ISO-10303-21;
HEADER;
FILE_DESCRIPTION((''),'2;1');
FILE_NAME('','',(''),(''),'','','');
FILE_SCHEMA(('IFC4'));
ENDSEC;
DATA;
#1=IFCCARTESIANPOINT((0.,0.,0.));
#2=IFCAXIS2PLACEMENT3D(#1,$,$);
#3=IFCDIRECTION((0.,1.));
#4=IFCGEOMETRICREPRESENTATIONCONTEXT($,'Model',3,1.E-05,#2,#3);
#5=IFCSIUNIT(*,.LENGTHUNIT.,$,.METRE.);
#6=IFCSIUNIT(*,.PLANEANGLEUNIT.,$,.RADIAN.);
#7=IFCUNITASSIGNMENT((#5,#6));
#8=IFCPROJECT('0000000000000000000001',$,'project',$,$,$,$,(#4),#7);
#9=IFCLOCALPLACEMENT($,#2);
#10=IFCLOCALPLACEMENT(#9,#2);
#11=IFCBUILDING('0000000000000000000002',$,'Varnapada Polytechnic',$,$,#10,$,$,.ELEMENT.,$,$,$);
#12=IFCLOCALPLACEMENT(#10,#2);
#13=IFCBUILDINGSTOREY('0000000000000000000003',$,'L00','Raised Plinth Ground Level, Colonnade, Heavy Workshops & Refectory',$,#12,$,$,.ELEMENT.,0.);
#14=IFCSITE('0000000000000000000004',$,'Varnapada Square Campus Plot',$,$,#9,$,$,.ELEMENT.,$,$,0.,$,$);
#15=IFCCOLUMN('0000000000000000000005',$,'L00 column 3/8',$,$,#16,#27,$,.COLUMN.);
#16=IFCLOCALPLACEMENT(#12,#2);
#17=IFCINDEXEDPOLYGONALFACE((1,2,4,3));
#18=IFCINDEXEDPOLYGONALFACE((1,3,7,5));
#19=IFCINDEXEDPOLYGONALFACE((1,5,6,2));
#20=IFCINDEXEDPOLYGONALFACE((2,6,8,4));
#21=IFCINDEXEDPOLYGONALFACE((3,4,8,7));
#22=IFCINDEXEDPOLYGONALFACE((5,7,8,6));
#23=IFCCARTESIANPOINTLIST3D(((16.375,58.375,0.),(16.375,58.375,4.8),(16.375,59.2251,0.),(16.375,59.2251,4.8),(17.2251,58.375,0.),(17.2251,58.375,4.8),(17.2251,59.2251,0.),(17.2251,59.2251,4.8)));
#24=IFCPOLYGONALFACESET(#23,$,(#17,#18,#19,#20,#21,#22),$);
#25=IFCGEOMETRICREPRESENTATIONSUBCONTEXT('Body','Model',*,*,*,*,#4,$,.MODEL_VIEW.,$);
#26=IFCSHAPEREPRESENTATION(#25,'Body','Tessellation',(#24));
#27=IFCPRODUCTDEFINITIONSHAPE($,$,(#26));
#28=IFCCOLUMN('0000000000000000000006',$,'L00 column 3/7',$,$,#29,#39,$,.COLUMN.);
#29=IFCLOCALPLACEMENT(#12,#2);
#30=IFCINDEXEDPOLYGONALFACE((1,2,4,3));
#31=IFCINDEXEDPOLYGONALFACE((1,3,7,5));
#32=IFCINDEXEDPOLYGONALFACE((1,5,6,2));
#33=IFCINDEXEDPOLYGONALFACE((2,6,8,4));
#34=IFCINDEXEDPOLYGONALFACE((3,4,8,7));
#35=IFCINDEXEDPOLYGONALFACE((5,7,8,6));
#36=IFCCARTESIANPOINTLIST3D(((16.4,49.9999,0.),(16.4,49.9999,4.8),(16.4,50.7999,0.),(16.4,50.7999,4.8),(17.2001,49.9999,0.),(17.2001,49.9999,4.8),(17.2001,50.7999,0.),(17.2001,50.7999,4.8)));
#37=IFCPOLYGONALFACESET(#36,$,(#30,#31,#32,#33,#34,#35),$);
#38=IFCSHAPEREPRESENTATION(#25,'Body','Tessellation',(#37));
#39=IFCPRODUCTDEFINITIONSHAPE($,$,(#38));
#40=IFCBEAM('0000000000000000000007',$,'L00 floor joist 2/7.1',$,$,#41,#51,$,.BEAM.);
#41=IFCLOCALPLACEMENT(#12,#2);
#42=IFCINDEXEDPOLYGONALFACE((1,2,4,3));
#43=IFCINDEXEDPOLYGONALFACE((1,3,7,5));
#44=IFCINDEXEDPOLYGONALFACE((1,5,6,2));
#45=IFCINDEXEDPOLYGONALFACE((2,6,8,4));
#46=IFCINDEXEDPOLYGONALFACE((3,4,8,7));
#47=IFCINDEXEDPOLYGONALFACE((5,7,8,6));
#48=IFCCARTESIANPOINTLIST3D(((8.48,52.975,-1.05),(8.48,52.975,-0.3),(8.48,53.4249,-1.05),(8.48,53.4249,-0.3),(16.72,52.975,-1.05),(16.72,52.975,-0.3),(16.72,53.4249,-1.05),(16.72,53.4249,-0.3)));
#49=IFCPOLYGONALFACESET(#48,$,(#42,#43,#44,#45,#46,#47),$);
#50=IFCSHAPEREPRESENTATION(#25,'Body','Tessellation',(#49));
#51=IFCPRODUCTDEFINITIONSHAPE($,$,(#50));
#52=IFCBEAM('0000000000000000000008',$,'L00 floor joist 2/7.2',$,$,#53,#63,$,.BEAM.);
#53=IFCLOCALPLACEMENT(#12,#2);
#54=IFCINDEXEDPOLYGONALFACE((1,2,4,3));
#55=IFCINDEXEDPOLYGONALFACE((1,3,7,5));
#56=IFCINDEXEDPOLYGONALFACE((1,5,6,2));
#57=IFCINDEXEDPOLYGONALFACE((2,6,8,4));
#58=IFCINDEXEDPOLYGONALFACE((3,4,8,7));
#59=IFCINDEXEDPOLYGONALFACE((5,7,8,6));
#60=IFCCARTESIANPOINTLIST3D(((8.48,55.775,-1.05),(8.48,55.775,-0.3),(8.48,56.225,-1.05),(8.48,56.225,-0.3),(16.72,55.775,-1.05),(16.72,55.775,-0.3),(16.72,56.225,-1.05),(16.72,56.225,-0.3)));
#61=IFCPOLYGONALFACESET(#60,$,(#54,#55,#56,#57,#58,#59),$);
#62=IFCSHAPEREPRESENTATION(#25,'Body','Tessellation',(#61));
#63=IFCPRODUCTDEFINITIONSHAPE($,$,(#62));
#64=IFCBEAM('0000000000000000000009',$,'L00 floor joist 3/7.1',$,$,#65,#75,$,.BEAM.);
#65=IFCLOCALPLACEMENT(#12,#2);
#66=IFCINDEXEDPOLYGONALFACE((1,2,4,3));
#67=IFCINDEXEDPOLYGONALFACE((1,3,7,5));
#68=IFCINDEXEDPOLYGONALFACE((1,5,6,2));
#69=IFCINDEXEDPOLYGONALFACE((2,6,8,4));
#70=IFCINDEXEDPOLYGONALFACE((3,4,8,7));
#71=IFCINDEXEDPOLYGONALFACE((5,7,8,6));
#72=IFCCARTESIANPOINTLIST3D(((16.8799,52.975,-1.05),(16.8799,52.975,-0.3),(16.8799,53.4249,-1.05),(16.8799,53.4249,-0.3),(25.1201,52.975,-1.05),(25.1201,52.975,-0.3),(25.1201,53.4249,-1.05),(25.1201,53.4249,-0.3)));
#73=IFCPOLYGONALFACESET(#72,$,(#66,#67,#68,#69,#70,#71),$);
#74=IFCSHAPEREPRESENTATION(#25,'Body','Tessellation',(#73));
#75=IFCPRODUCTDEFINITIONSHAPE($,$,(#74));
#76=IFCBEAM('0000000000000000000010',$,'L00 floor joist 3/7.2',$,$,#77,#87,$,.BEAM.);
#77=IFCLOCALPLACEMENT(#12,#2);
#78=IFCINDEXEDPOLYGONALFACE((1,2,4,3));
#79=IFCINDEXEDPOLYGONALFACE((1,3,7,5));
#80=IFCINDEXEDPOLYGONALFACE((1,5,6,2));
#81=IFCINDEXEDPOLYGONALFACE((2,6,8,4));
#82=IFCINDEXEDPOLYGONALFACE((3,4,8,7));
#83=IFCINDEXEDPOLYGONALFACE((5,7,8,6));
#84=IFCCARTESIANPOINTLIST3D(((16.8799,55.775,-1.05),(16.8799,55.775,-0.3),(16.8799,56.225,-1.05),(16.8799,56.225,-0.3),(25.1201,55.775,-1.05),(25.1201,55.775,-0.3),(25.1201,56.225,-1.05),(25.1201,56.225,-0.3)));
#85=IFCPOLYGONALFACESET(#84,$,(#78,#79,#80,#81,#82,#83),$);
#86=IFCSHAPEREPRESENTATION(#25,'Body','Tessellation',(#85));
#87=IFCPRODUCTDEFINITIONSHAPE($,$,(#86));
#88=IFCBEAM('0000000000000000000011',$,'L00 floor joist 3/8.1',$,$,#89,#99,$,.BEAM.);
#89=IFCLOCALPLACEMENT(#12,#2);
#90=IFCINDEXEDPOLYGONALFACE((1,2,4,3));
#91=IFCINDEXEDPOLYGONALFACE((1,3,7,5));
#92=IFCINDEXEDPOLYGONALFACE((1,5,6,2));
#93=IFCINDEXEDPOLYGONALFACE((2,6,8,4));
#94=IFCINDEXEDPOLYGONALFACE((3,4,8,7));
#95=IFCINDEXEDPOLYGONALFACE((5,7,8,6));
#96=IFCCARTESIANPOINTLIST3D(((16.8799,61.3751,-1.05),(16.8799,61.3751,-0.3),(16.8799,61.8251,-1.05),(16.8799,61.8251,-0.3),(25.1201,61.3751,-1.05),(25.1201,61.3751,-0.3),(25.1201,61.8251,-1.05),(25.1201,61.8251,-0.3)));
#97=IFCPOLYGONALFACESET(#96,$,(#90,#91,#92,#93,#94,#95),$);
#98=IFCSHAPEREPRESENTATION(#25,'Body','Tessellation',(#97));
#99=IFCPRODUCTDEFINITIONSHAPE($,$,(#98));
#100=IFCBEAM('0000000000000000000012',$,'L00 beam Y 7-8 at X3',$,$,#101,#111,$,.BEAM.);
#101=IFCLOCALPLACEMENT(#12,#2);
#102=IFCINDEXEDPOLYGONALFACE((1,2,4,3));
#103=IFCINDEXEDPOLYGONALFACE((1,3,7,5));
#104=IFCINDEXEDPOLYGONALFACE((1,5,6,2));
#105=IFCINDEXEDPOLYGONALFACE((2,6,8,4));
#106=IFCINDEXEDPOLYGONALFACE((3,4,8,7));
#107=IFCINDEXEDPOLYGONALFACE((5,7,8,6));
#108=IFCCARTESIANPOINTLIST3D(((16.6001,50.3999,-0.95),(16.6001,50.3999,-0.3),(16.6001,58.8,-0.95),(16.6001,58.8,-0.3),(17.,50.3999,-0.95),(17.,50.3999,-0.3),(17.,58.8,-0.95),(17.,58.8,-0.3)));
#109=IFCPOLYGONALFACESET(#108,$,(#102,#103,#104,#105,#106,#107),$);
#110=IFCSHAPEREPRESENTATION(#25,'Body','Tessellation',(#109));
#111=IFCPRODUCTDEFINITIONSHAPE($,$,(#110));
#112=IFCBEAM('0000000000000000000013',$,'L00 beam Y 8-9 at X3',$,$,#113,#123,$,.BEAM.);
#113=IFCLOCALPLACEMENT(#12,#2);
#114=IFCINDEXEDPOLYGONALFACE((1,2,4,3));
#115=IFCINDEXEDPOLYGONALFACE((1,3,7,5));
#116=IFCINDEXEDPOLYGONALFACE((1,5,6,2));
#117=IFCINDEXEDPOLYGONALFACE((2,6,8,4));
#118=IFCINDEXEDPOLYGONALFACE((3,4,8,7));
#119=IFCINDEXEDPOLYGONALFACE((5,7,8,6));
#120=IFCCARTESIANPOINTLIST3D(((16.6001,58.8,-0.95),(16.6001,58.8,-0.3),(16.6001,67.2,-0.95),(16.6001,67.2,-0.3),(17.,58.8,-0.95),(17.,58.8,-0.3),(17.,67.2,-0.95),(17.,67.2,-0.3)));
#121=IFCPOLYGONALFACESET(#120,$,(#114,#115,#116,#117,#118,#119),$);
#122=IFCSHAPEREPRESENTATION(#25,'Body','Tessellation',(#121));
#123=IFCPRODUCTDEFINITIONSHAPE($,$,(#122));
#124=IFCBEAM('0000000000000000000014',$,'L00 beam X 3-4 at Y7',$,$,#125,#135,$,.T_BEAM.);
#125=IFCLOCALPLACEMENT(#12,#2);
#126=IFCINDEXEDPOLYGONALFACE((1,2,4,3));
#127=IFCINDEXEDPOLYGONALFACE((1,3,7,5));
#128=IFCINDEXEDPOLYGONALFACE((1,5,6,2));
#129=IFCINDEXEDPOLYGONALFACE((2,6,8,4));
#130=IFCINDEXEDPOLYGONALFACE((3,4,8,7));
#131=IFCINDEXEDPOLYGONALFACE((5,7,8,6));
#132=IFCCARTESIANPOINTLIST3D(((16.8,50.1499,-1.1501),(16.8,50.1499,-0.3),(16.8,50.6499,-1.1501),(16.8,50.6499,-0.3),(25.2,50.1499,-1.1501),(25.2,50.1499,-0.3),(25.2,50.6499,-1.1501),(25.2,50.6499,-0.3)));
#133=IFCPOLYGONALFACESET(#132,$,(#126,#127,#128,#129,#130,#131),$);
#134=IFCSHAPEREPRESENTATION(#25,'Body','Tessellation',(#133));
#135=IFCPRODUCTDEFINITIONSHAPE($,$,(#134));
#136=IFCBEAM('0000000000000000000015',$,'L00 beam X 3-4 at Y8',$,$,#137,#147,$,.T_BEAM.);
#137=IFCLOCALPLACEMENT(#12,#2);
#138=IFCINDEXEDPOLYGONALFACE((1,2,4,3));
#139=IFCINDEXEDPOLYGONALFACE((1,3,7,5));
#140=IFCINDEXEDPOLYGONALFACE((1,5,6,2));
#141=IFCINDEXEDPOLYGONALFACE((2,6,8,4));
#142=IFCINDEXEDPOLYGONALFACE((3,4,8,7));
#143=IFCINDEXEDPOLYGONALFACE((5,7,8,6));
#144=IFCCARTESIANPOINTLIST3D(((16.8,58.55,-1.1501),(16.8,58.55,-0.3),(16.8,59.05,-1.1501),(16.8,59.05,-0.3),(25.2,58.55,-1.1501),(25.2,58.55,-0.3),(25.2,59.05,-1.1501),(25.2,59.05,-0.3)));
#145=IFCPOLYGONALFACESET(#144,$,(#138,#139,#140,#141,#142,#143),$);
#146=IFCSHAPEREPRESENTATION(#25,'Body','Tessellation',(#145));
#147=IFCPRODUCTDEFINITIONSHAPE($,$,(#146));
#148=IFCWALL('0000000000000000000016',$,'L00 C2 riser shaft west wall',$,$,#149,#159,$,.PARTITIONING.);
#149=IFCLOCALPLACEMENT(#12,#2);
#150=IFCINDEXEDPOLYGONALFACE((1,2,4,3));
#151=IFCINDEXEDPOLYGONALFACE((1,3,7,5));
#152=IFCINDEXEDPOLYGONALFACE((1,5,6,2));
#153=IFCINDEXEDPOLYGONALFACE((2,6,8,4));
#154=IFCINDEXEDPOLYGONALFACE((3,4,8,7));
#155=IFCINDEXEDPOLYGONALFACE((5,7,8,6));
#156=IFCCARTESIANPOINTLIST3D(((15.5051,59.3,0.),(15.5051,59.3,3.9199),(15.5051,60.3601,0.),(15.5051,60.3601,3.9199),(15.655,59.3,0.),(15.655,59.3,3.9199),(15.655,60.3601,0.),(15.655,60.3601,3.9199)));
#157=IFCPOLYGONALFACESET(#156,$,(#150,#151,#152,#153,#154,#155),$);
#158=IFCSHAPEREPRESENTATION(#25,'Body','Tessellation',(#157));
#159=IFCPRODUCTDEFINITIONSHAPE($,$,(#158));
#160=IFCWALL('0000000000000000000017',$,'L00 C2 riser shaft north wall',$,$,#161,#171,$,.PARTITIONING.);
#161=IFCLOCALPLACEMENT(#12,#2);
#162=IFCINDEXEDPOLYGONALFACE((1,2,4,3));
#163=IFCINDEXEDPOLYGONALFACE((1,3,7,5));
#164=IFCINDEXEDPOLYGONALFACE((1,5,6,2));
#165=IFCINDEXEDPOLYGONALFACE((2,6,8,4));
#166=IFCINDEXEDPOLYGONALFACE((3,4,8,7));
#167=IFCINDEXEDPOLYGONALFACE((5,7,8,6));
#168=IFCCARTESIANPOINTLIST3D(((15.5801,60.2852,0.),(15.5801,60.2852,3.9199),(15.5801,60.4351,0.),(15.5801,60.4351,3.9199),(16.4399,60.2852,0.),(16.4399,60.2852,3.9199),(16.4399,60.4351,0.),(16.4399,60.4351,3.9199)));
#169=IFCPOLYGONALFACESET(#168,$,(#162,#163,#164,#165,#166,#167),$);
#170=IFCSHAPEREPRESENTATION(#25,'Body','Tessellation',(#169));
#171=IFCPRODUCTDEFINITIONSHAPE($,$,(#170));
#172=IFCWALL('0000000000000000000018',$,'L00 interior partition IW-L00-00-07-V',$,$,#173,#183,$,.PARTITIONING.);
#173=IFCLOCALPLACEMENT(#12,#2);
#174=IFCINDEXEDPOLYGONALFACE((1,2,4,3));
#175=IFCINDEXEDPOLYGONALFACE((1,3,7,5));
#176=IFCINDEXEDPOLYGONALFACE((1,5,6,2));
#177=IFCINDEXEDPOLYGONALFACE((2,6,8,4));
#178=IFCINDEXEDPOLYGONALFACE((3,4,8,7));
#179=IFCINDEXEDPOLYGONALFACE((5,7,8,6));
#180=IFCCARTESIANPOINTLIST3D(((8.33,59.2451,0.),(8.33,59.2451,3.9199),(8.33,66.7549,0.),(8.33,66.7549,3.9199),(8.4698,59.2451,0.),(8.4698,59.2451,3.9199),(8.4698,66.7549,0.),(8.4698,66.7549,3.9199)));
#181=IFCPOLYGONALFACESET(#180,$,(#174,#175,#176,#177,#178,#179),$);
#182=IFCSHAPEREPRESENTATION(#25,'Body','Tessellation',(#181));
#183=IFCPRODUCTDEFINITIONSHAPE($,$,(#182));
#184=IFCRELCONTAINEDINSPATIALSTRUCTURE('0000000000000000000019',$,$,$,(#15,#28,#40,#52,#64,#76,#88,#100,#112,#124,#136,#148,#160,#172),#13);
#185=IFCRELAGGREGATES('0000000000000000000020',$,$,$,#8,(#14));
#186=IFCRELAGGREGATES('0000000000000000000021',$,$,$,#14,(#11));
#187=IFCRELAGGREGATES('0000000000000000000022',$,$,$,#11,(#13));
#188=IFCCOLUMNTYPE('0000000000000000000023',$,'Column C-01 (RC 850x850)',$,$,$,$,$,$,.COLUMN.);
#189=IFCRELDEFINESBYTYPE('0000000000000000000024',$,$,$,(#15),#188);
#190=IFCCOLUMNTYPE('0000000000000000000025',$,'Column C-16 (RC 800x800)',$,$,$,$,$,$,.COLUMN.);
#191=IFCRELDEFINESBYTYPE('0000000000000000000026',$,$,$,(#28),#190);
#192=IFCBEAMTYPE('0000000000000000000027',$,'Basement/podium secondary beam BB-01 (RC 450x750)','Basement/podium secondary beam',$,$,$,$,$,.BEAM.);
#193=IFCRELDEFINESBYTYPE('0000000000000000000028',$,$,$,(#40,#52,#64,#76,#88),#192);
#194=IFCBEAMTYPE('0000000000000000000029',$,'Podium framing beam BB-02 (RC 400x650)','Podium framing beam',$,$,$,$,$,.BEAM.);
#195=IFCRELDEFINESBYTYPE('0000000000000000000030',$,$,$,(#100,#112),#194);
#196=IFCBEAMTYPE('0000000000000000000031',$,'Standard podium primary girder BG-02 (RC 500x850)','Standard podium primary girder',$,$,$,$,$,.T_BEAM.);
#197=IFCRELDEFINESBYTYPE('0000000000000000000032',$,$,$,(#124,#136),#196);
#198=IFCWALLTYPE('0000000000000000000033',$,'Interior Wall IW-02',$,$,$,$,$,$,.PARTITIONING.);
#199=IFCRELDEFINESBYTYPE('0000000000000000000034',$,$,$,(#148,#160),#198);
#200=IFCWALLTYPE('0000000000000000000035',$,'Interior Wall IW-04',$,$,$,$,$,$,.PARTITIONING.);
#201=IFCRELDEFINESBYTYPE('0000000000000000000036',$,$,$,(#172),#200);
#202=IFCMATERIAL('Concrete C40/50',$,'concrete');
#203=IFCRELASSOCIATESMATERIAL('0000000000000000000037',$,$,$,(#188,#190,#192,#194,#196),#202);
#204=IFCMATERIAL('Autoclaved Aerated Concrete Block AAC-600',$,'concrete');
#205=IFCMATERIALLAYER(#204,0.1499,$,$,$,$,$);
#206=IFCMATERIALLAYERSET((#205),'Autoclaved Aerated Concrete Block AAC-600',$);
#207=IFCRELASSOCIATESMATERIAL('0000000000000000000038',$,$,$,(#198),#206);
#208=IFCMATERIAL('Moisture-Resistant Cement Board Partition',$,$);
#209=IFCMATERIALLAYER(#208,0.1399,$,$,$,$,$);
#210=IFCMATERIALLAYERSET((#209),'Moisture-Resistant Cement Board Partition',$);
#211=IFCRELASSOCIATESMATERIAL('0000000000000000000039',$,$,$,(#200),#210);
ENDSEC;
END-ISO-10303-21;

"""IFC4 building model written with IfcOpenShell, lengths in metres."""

from ifc_helpers import new_model, si_unit, direction, frame, frame_2d, origin, origin_2d, place, context, subcontext, project, spatial, rectangle, extrude, material, layer, layer_set, material_profile, profile_set, type_object, element, save


model = new_model("IFC4")

# Units and contexts
model_context = context("Model", 3, precision=1e-05, world=origin(), true_north=direction((0.0, 1.0)))
body_context = subcontext(model_context, "Body", "Model", "MODEL_VIEW")
ifc_project = project(units=[si_unit("LENGTHUNIT", "METRE"), si_unit("PLANEANGLEUNIT", "RADIAN")], contexts=[model_context])

# Site, building, storey
site_placement = place(None, origin())
site = spatial("IfcSite", under=ifc_project, at=site_placement, Name="Varnapada Square Campus Plot", CompositionType="ELEMENT", RefElevation=0.0)
building_placement = place(site_placement, origin())
building = spatial("IfcBuilding", under=site, at=building_placement, Name="Varnapada Polytechnic", CompositionType="ELEMENT")
storey_placement = place(building_placement, origin())
storey = spatial("IfcBuildingStorey", under=building, at=storey_placement, Name="L00", Description="Raised Plinth Ground Level, Colonnade, Heavy Workshops & Refectory", CompositionType="ELEMENT", Elevation=0.0)

# Columns
ifc_material_1 = material(Name="Concrete C40/50", Category="concrete")
ifc_material_profile_1 = material_profile(ifc_material_1, rectangle(XDim=0.8501, YDim=0.8501, at=origin_2d()), Name="RC 850x850")
ifc_profile_set_1 = profile_set([ifc_material_profile_1], Name="Concrete C40/50")
column_type_1 = type_object("IfcColumnType", Name="Column C-01 (RC 850x850)", PredefinedType="COLUMN", material=ifc_profile_set_1)
column_1_placement = place(storey_placement, frame((16.8, 58.8, 0.0), z_axis=(0.0, 0.0, 1.0), x_axis=(1.0, 0.0, 0.0)))
element("IfcColumn", 1, at=column_1_placement, inside=storey, type_object=column_type_1, Name="L00 column 3/8", PredefinedType="COLUMN", context=body_context, shape_type="SweptSolid", body=[
    extrude(rectangle(XDim=0.8501, YDim=0.8501, at=origin_2d()), origin(), (0.0, 0.0, 1.0), 4.8),
])
ifc_material_profile_2 = material_profile(ifc_material_1, rectangle(XDim=0.8, YDim=0.8, at=origin_2d()), Name="RC 800x800")
ifc_profile_set_2 = profile_set([ifc_material_profile_2], Name="Concrete C40/50")
column_type_2 = type_object("IfcColumnType", Name="Column C-16 (RC 800x800)", PredefinedType="COLUMN", material=ifc_profile_set_2)
column_2_placement = place(storey_placement, frame((16.8, 50.3999, 0.0), z_axis=(0.0, 0.0, 1.0), x_axis=(1.0, 0.0, 0.0)))
element("IfcColumn", 2, at=column_2_placement, inside=storey, type_object=column_type_2, Name="L00 column 3/7", PredefinedType="COLUMN", context=body_context, shape_type="SweptSolid", body=[
    extrude(rectangle(XDim=0.8, YDim=0.8, at=origin_2d()), origin(), (0.0, 0.0, 1.0), 4.8),
])

# Beams
ifc_material_profile_3 = material_profile(ifc_material_1, rectangle(XDim=0.45, YDim=0.75, at=origin_2d()), Name="RC 450x750")
ifc_profile_set_3 = profile_set([ifc_material_profile_3], Name="Concrete C40/50")
beam_type_1 = type_object("IfcBeamType", Name="Basement/podium secondary beam BB-01 (RC 450x750)", Description="Basement/podium secondary beam", PredefinedType="BEAM", material=ifc_profile_set_3)
for number, where, z_axis, x_axis, name in (
    (3, (8.48, 53.2, -0.675), (1.0, 0.0, 0.0), (0.0, 1.0, 0.0), "L00 floor joist 2/7.1"),
    (4, (8.48, 56.0, -0.675), (1.0, 0.0, 0.0), (0.0, 1.0, 0.0), "L00 floor joist 2/7.2"),
):
    element("IfcBeam", number, at=place(storey_placement, frame(where, z_axis=z_axis, x_axis=x_axis)), inside=storey, type_object=beam_type_1, Name=name, PredefinedType="BEAM", context=body_context, shape_type="SweptSolid", body=[
        extrude(rectangle(XDim=0.45, YDim=0.75, at=origin_2d()), origin(), (0.0, 0.0, 1.0), 8.24),
    ])
for number, where, z_axis, x_axis, name in (
    (5, (16.8799, 53.2, -0.675), (1.0, 0.0, 0.0), (0.0, 1.0, 0.0), "L00 floor joist 3/7.1"),
    (6, (16.8799, 56.0, -0.675), (1.0, 0.0, 0.0), (0.0, 1.0, 0.0), "L00 floor joist 3/7.2"),
    (7, (16.8799, 61.6001, -0.675), (1.0, 0.0, 0.0), (0.0, 1.0, 0.0), "L00 floor joist 3/8.1"),
):
    element("IfcBeam", number, at=place(storey_placement, frame(where, z_axis=z_axis, x_axis=x_axis)), inside=storey, type_object=beam_type_1, Name=name, PredefinedType="BEAM", context=body_context, shape_type="SweptSolid", body=[
        extrude(rectangle(XDim=0.45, YDim=0.75, at=origin_2d()), origin(), (0.0, 0.0, 1.0), 8.2402),
    ])
ifc_material_profile_4 = material_profile(ifc_material_1, rectangle(XDim=0.3999, YDim=0.6499, at=origin_2d()), Name="RC 400x650")
ifc_profile_set_4 = profile_set([ifc_material_profile_4], Name="Concrete C40/50")
beam_type_2 = type_object("IfcBeamType", Name="Podium framing beam BB-02 (RC 400x650)", Description="Podium framing beam", PredefinedType="BEAM", material=ifc_profile_set_4)
beam_1_placement = place(storey_placement, frame((16.8, 50.3999, -0.625), z_axis=(0.0, 1.0, 0.0), x_axis=(-1.0, 0.0, 0.0)))
element("IfcBeam", 8, at=beam_1_placement, inside=storey, type_object=beam_type_2, Name="L00 beam Y 7-8 at X3", PredefinedType="BEAM", context=body_context, shape_type="SweptSolid", body=[
    extrude(rectangle(XDim=0.3999, YDim=0.6499, at=origin_2d()), origin(), (0.0, 0.0, 1.0), 8.4001),
])
beam_2_placement = place(storey_placement, frame((16.8, 58.8, -0.625), z_axis=(0.0, 1.0, 0.0), x_axis=(-1.0, 0.0, 0.0)))
element("IfcBeam", 9, at=beam_2_placement, inside=storey, type_object=beam_type_2, Name="L00 beam Y 8-9 at X3", PredefinedType="BEAM", context=body_context, shape_type="SweptSolid", body=[
    extrude(rectangle(XDim=0.3999, YDim=0.6499, at=origin_2d()), origin(), (0.0, 0.0, 1.0), 8.3999),
])
ifc_material_profile_5 = material_profile(ifc_material_1, rectangle(XDim=0.5, YDim=0.8501, at=origin_2d()), Name="RC 500x850")
ifc_profile_set_5 = profile_set([ifc_material_profile_5], Name="Concrete C40/50")
beam_type_3 = type_object("IfcBeamType", Name="Standard podium primary girder BG-02 (RC 500x850)", Description="Standard podium primary girder", PredefinedType="T_BEAM", material=ifc_profile_set_5)
for number, where, z_axis, x_axis, name in (
    (10, (16.8, 50.3999, -0.7251), (1.0, 0.0, 0.0), (0.0, 1.0, 0.0), "L00 beam X 3-4 at Y7"),
    (11, (16.8, 58.8, -0.7251), (1.0, 0.0, 0.0), (0.0, 1.0, 0.0), "L00 beam X 3-4 at Y8"),
):
    element("IfcBeam", number, at=place(storey_placement, frame(where, z_axis=z_axis, x_axis=x_axis)), inside=storey, type_object=beam_type_3, Name=name, PredefinedType="T_BEAM", context=body_context, shape_type="SweptSolid", body=[
        extrude(rectangle(XDim=0.5, YDim=0.8501, at=origin_2d()), origin(), (0.0, 0.0, 1.0), 8.3999),
    ])

# Walls
ifc_material_2 = material(Name="Autoclaved Aerated Concrete Block AAC-600", Category="concrete")
ifc_layer_1 = layer(ifc_material_2, 0.1499)
ifc_layer_set_1 = layer_set([ifc_layer_1], Name="Autoclaved Aerated Concrete Block AAC-600")
wall_type_1 = type_object("IfcWallType", Name="Interior Wall IW-02", PredefinedType="PARTITIONING", material=ifc_layer_set_1)
wall_1_placement = place(storey_placement, frame((15.5801, 60.3601, 0.0), z_axis=(0.0, 0.0, 1.0), x_axis=(0.0, -1.0, 0.0)))
element("IfcWall", 12, at=wall_1_placement, inside=storey, type_object=wall_type_1, Name="L00 C2 riser shaft west wall", PredefinedType="PARTITIONING", context=body_context, shape_type="SweptSolid", body=[
    extrude(rectangle(XDim=1.0601, YDim=0.1499, at=frame_2d((0.53, 0.0))), origin(), (0.0, 0.0, 1.0), 3.9199),
])
wall_2_placement = place(storey_placement, frame((15.5801, 60.3601, 0.0), z_axis=(0.0, 0.0, 1.0), x_axis=(1.0, 0.0, 0.0)))
element("IfcWall", 13, at=wall_2_placement, inside=storey, type_object=wall_type_1, Name="L00 C2 riser shaft north wall", PredefinedType="PARTITIONING", context=body_context, shape_type="SweptSolid", body=[
    extrude(rectangle(XDim=0.8599, YDim=0.1499, at=frame_2d((0.4299, 0.0))), origin(), (0.0, 0.0, 1.0), 3.9199),
])
ifc_material_3 = material(Name="Moisture-Resistant Cement Board Partition")
ifc_layer_2 = layer(ifc_material_3, 0.1399)
ifc_layer_set_2 = layer_set([ifc_layer_2], Name="Moisture-Resistant Cement Board Partition")
wall_type_2 = type_object("IfcWallType", Name="Interior Wall IW-04", PredefinedType="PARTITIONING", material=ifc_layer_set_2)
wall_3_placement = place(storey_placement, frame((8.3999, 59.2451, 0.0), z_axis=(0.0, 0.0, 1.0), x_axis=(0.0, 1.0, 0.0)))
element("IfcWall", 14, at=wall_3_placement, inside=storey, type_object=wall_type_2, Name="L00 interior partition IW-L00-00-07-V", PredefinedType="PARTITIONING", context=body_context, shape_type="SweptSolid", body=[
    extrude(rectangle(XDim=7.5098, YDim=0.1399, at=frame_2d((3.7549, 0.0))), origin(), (0.0, 0.0, 1.0), 3.9199),
])

save(model, "model.ifc")
